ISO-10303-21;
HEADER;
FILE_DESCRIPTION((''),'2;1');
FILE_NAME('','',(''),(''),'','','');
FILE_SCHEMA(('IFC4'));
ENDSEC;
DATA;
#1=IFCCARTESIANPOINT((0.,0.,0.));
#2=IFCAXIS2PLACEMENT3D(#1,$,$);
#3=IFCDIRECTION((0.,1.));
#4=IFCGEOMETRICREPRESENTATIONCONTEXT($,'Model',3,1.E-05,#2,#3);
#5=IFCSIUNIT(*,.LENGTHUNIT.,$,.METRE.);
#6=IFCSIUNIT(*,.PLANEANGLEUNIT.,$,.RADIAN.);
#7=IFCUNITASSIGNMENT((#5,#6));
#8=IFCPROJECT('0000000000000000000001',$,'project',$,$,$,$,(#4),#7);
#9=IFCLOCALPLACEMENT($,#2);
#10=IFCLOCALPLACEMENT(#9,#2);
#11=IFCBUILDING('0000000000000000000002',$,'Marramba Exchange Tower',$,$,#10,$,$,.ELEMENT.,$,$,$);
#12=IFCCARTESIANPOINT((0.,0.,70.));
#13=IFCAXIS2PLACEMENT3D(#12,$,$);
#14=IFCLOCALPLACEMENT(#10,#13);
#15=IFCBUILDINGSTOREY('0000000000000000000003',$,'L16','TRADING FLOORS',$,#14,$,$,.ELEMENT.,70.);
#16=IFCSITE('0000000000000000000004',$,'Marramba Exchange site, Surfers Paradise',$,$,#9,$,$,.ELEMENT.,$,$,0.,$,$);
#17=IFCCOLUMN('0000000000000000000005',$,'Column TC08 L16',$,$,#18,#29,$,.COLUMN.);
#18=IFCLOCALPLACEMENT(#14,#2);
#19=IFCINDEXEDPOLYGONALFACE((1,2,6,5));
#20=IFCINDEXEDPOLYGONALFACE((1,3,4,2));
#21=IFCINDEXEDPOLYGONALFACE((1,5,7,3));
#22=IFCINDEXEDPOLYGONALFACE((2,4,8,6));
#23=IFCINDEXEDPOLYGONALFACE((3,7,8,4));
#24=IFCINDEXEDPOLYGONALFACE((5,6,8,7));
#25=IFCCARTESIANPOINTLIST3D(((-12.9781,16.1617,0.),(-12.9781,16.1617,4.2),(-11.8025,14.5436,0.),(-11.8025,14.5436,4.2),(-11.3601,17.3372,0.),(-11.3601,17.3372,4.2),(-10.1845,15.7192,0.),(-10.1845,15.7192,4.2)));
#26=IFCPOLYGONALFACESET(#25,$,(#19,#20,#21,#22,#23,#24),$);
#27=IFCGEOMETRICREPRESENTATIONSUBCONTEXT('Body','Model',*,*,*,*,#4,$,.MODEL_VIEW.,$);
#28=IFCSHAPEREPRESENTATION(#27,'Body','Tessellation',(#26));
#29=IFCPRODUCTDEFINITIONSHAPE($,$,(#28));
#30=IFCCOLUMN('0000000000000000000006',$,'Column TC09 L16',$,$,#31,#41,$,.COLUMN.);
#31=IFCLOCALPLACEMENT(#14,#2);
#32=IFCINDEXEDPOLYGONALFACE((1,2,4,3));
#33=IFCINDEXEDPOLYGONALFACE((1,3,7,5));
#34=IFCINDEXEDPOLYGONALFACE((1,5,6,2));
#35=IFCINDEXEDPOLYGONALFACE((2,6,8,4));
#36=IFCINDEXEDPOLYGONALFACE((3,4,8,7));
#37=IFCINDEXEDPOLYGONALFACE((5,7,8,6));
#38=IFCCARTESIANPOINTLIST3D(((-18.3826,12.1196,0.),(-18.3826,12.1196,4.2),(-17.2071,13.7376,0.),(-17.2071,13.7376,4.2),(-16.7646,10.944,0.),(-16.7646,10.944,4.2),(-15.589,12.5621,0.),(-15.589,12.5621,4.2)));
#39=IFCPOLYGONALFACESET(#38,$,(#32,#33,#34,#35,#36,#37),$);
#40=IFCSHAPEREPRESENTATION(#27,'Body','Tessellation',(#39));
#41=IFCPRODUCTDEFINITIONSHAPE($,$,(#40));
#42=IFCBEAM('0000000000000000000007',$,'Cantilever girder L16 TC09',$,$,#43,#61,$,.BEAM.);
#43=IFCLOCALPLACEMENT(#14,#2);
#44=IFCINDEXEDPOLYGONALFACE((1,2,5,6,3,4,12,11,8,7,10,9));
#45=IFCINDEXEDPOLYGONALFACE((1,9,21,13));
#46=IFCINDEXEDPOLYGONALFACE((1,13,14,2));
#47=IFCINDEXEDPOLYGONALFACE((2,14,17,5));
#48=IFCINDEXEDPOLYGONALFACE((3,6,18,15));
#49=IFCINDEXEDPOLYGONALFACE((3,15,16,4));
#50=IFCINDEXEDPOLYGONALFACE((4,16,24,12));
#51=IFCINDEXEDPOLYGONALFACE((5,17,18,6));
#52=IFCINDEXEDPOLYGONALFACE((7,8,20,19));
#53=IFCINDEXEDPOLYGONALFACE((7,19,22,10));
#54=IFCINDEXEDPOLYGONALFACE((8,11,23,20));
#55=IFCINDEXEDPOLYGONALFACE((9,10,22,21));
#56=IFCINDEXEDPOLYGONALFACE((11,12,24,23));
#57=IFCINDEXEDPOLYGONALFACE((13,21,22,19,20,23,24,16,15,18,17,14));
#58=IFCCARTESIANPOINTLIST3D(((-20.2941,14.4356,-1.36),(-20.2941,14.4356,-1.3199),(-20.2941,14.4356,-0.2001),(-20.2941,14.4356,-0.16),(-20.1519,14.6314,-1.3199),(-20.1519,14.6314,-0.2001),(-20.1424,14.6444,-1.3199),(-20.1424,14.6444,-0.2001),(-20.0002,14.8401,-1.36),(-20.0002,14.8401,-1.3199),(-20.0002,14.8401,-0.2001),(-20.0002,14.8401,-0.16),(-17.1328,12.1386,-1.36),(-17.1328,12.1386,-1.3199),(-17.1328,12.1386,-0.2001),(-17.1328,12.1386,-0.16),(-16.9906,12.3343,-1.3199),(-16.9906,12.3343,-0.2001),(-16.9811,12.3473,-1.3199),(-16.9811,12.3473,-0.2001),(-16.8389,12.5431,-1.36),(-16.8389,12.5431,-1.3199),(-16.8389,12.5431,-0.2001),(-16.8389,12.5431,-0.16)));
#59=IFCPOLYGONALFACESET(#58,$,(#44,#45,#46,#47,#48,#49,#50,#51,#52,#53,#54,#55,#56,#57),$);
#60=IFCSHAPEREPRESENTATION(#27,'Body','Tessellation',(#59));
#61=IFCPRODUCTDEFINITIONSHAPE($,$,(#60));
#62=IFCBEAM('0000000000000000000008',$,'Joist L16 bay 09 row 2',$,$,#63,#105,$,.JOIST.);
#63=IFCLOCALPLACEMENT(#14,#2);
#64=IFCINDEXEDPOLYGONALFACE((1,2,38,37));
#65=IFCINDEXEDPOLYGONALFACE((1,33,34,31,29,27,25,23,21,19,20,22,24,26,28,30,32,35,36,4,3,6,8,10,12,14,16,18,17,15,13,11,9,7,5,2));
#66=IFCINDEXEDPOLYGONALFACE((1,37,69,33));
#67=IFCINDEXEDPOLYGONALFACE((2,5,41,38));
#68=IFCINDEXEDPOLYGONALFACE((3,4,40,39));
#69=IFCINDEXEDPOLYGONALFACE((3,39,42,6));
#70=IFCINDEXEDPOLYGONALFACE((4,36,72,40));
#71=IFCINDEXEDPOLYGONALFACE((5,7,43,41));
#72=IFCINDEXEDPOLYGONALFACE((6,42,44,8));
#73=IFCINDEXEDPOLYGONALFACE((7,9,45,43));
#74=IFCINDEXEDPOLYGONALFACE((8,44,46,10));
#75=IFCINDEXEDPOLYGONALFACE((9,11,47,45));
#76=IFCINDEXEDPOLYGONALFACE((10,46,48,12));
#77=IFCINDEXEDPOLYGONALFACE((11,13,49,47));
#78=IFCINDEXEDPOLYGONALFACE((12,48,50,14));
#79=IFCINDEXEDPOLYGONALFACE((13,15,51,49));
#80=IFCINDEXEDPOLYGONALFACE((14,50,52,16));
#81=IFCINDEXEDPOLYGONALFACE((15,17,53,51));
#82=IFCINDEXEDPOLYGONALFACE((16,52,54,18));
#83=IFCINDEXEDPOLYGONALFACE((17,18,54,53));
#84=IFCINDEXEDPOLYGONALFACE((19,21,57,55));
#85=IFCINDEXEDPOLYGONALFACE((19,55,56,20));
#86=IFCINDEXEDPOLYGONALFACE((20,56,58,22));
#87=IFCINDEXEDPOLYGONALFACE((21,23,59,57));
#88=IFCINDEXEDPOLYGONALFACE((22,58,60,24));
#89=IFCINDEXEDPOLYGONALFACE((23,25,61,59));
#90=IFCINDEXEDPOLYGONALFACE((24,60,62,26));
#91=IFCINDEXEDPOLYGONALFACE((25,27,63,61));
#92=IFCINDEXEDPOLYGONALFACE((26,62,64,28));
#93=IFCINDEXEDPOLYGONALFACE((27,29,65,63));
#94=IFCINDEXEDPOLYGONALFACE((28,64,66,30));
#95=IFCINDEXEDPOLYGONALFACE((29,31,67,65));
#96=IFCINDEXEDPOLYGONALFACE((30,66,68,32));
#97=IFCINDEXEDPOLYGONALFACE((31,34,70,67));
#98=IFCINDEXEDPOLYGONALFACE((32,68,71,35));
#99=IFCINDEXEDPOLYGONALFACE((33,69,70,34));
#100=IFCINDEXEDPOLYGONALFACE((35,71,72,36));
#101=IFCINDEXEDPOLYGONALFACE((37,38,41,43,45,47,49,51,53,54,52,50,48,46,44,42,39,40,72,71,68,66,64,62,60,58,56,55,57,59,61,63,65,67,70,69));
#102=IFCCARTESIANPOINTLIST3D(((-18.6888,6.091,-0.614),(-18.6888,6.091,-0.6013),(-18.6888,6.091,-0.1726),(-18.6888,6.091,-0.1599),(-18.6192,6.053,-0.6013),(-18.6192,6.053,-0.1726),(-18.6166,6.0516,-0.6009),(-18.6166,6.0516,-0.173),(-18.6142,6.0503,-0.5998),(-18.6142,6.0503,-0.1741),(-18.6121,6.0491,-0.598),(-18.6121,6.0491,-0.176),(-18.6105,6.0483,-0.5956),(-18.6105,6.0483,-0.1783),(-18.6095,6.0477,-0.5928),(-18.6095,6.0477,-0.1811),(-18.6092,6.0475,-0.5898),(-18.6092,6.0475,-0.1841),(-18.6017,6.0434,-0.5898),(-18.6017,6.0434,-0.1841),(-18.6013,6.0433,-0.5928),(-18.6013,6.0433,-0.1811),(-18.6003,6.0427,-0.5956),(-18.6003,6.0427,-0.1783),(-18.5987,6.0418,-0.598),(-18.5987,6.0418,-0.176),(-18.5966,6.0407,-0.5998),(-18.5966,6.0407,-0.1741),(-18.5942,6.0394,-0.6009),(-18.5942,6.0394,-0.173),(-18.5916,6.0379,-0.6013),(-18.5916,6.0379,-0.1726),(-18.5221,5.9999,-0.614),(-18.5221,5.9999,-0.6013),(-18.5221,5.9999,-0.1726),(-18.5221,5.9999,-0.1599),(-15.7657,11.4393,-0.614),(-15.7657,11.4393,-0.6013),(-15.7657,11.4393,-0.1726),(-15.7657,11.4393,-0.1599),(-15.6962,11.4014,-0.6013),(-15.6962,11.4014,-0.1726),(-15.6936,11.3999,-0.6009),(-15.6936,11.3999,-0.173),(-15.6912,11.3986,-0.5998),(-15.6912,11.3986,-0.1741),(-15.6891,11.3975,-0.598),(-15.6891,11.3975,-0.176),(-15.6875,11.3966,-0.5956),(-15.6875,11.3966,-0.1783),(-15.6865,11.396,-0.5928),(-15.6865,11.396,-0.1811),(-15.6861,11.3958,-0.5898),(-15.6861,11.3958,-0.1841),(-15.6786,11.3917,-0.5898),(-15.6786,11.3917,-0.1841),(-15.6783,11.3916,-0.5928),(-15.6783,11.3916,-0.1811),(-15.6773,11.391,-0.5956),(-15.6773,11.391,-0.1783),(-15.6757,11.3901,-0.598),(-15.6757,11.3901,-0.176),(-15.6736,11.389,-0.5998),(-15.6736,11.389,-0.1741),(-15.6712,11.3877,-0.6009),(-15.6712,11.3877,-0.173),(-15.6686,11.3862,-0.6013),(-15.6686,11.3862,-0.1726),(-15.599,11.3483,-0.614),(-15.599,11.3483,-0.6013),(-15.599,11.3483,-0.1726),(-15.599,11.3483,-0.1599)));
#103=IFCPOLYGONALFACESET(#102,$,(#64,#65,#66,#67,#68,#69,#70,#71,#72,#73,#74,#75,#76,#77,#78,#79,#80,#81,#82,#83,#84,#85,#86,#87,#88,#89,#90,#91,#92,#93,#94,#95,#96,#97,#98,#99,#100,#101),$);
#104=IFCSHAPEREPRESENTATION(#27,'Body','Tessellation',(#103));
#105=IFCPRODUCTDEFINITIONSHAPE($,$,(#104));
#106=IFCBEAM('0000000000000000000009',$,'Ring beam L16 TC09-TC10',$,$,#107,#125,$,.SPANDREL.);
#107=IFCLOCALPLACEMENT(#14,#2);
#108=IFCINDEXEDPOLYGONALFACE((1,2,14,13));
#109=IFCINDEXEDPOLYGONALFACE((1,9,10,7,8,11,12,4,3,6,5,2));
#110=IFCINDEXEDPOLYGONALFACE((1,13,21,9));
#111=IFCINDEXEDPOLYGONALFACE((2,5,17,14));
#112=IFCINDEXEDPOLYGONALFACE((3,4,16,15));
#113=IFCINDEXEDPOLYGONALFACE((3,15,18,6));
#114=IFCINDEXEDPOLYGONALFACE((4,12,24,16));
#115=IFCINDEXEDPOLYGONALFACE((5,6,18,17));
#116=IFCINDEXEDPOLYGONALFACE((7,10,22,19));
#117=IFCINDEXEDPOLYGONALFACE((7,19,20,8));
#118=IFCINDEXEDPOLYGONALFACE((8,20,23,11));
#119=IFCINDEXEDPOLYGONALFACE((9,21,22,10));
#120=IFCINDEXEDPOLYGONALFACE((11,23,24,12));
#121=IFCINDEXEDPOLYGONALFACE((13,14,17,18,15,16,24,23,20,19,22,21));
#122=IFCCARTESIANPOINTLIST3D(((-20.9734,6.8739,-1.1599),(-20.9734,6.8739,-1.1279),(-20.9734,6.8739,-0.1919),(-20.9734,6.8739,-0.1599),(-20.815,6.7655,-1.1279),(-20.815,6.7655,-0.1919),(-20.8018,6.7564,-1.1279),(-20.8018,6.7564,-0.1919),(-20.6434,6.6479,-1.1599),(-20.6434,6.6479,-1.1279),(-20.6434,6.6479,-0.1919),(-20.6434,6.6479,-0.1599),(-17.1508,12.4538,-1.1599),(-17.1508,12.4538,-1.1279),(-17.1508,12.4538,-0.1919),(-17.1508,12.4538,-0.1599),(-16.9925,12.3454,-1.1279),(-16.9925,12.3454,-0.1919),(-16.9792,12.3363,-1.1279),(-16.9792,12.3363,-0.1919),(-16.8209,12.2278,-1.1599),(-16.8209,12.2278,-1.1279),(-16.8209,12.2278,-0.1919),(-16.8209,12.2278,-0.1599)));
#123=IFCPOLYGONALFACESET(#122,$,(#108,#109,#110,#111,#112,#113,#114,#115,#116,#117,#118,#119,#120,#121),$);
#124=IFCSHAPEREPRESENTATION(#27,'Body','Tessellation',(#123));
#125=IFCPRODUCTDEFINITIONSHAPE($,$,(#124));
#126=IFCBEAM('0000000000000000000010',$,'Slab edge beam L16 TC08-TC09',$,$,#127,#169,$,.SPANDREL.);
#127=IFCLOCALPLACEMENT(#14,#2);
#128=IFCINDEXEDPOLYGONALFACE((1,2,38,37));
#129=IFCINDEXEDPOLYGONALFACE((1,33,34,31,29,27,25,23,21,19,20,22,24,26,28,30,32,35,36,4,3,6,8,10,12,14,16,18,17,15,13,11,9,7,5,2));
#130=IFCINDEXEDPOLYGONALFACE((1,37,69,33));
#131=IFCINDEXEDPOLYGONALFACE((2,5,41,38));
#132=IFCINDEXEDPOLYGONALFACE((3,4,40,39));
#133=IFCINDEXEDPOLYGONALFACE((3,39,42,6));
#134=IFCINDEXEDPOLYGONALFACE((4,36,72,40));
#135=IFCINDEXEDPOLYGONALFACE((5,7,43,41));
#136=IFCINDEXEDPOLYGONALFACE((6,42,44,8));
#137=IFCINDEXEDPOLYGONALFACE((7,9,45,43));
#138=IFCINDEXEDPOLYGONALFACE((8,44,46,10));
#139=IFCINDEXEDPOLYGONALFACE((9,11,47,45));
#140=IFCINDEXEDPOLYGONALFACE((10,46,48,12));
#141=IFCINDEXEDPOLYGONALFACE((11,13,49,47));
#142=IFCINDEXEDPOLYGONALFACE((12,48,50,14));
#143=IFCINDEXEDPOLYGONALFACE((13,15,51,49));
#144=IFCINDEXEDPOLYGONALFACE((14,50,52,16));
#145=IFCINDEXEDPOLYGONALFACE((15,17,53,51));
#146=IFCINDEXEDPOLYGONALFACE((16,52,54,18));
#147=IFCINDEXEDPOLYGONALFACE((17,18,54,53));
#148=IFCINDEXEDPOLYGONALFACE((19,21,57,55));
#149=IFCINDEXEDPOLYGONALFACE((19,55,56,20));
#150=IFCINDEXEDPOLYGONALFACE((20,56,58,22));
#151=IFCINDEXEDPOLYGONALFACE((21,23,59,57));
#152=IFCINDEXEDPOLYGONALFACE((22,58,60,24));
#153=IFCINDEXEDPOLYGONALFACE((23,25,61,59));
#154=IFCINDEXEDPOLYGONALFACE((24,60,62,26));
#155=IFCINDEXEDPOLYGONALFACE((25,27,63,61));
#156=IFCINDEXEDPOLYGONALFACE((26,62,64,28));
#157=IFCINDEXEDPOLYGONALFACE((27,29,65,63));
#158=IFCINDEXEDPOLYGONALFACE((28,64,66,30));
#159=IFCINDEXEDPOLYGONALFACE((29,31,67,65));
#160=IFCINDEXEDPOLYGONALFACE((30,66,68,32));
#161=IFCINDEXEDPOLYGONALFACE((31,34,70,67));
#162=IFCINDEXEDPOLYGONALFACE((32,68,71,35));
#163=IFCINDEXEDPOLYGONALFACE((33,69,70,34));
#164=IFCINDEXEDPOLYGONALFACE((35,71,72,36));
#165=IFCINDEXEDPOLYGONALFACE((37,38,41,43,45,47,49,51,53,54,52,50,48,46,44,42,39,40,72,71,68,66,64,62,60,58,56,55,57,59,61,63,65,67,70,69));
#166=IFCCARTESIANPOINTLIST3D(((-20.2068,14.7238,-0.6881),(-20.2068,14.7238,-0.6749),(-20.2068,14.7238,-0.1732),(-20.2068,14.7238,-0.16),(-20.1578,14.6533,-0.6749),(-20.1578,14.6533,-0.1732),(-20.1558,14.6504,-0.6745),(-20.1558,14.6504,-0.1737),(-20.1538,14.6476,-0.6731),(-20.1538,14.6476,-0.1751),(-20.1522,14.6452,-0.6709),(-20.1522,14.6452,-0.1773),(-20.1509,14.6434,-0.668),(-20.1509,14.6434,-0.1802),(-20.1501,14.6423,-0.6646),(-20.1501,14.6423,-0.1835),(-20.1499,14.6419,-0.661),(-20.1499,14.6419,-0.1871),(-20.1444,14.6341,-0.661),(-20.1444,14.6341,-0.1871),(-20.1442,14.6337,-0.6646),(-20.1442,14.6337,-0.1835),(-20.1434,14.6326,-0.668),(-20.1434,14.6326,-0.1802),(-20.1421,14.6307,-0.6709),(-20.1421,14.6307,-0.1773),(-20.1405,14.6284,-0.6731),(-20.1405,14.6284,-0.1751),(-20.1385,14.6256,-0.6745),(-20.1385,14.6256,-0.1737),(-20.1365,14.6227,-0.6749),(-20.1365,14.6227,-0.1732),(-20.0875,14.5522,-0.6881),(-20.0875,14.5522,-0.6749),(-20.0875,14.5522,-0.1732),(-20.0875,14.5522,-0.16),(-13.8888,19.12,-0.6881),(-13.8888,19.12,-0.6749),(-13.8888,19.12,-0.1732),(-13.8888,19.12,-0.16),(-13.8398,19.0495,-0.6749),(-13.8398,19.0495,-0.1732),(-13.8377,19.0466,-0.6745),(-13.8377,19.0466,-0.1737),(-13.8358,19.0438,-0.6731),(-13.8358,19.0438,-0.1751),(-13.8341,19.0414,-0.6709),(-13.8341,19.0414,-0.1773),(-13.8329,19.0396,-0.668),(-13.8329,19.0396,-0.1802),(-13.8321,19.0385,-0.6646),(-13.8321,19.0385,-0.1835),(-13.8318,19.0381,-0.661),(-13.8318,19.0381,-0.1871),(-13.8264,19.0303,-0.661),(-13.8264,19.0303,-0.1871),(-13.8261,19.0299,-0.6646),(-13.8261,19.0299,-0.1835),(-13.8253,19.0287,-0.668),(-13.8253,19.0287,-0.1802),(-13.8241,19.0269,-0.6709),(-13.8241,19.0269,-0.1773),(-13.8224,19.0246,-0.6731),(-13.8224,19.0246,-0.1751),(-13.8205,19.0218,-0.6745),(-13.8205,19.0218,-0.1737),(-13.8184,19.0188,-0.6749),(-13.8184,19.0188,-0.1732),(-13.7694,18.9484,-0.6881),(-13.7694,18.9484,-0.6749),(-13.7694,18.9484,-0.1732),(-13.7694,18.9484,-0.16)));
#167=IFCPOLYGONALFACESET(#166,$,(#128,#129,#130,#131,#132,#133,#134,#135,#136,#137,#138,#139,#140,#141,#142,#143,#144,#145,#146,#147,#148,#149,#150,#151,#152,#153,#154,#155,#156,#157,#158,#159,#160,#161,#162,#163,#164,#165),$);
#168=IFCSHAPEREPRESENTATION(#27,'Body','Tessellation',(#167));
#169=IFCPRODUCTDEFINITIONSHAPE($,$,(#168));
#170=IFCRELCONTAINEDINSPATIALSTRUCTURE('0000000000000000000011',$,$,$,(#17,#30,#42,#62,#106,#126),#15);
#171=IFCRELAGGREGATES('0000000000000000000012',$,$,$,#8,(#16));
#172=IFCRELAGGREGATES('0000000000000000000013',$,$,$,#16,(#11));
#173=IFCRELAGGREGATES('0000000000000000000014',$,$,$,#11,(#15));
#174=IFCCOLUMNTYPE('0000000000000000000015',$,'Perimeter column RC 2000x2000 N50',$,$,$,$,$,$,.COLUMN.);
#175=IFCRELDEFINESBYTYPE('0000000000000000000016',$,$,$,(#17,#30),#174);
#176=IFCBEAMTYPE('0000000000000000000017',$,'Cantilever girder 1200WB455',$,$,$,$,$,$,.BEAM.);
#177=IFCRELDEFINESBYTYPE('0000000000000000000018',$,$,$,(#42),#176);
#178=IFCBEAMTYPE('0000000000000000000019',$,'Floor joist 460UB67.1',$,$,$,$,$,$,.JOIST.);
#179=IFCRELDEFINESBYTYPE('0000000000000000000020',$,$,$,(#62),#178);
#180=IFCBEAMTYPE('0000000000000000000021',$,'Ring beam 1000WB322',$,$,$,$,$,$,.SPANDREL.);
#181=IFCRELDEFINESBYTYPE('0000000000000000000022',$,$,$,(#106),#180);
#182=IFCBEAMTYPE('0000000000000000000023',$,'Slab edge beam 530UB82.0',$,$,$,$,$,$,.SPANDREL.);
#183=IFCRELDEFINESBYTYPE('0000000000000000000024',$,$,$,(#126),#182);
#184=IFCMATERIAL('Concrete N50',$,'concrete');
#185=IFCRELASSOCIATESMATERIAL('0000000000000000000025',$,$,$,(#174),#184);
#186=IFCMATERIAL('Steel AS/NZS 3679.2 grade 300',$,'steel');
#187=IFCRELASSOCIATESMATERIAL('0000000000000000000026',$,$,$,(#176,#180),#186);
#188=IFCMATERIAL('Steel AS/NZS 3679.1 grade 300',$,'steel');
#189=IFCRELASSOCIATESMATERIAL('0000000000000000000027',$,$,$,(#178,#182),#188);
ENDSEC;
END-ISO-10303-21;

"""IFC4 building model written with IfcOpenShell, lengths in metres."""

from ifc_helpers import new_model, si_unit, direction, frame, origin, origin_2d, place, context, subcontext, project, spatial, rectangle, i_section, extrude, material, material_profile, profile_set, type_object, element, save


model = new_model("IFC4")

# Units and contexts
model_context = context("Model", 3, precision=1e-05, world=origin(), true_north=direction((0.0, 1.0)))
body_context = subcontext(model_context, "Body", "Model", "MODEL_VIEW")
ifc_project = project(units=[si_unit("LENGTHUNIT", "METRE"), si_unit("PLANEANGLEUNIT", "RADIAN")], contexts=[model_context])

# Site, building, storey
site_placement = place(None, origin())
site = spatial("IfcSite", under=ifc_project, at=site_placement, Name="Marramba Exchange site, Surfers Paradise", CompositionType="ELEMENT", RefElevation=0.0)
building_placement = place(site_placement, origin())
building = spatial("IfcBuilding", under=site, at=building_placement, Name="Marramba Exchange Tower", CompositionType="ELEMENT")
storey_placement = place(building_placement, frame((0.0, 0.0, 70.0)))
storey = spatial("IfcBuildingStorey", under=building, at=storey_placement, Name="L16", Description="TRADING FLOORS", CompositionType="ELEMENT", Elevation=70.0)

# Columns
ifc_material_1 = material(Name="Concrete N50", Category="concrete")
ifc_material_profile_1 = material_profile(ifc_material_1, rectangle(XDim=2.0, YDim=2.0, at=origin_2d()), Name="RC 2000x2000")
ifc_profile_set_1 = profile_set([ifc_material_profile_1], Name="Concrete N50")
column_type = type_object("IfcColumnType", Name="Perimeter column RC 2000x2000 N50", PredefinedType="COLUMN", material=ifc_profile_set_1)
for number, where, z_axis, x_axis, name in (
    (1, (-11.5813, 15.9404, 0.0), (0.0, 0.0, 1.0), (-0.587785, 0.809017, 0.0), "Column TC08 L16"),
    (2, (-16.9858, 12.3408, 0.0), (0.0, 0.0, 1.0), (-0.809017, 0.587785, 0.0), "Column TC09 L16"),
):
    element("IfcColumn", number, at=place(storey_placement, frame(where, z_axis=z_axis, x_axis=x_axis)), inside=storey, type_object=column_type, Name=name, PredefinedType="COLUMN", context=body_context, shape_type="SweptSolid", body=[
        extrude(rectangle(XDim=2.0, YDim=2.0, at=origin_2d()), origin(), (0.0, 0.0, 1.0), 4.2),
    ])

# Beams
ifc_material_2 = material(Name="Steel AS/NZS 3679.2 grade 300", Category="steel")
ifc_material_profile_2 = material_profile(ifc_material_2, i_section(OverallWidth=0.5, OverallDepth=1.2, WebThickness=0.0161, FlangeThickness=0.04, at=origin_2d()), Name="1200WB455")
ifc_profile_set_2 = profile_set([ifc_material_profile_2], Name="Steel AS/NZS 3679.2 grade 300")
beam_type_1 = type_object("IfcBeamType", Name="Cantilever girder 1200WB455", PredefinedType="BEAM", material=ifc_profile_set_2)
beam_1_placement = place(storey_placement, frame((-16.9858, 12.3408, -0.76), z_axis=(-0.808987, 0.587826, 0.0), x_axis=(-0.587826, -0.808987, 0.0)))
element("IfcBeam", 3, at=beam_1_placement, inside=storey, type_object=beam_type_1, Name="Cantilever girder L16 TC09", PredefinedType="BEAM", context=body_context, shape_type="SweptSolid", body=[
    extrude(i_section(OverallWidth=0.5, OverallDepth=1.2, WebThickness=0.0161, FlangeThickness=0.04, at=origin_2d()), origin(), (0.0, 0.0, 1.0), 3.9077),
])
ifc_material_3 = material(Name="Steel AS/NZS 3679.1 grade 300", Category="steel")
ifc_material_profile_3 = material_profile(ifc_material_3, i_section(OverallWidth=0.1899, OverallDepth=0.4541, WebThickness=0.0085, FlangeThickness=0.0127, FilletRadius=0.0115, at=origin_2d()), Name="460UB67.1")
ifc_profile_set_3 = profile_set([ifc_material_profile_3], Name="Steel AS/NZS 3679.1 grade 300")
beam_type_2 = type_object("IfcBeamType", Name="Floor joist 460UB67.1", PredefinedType="JOIST", material=ifc_profile_set_3)
beam_2_placement = place(storey_placement, frame((-15.6824, 11.3938, -0.387), z_axis=(-0.479584, -0.877496, 0.0), x_axis=(0.877496, -0.479584, 0.0)))
element("IfcBeam", 4, at=beam_2_placement, inside=storey, type_object=beam_type_2, Name="Joist L16 bay 09 row 2", PredefinedType="JOIST", context=body_context, shape_type="SweptSolid", body=[
    extrude(i_section(OverallWidth=0.1899, OverallDepth=0.4541, WebThickness=0.0085, FlangeThickness=0.0127, FilletRadius=0.0115, at=origin_2d()), origin(), (0.0, 0.0, 1.0), 6.095),
])
ifc_material_profile_4 = material_profile(ifc_material_2, i_section(OverallWidth=0.3999, OverallDepth=1.0, WebThickness=0.0161, FlangeThickness=0.032, at=origin_2d()), Name="1000WB322")
ifc_profile_set_4 = profile_set([ifc_material_profile_4], Name="Steel AS/NZS 3679.2 grade 300")
beam_type_3 = type_object("IfcBeamType", Name="Ring beam 1000WB322", PredefinedType="SPANDREL", material=ifc_profile_set_4)
beam_3_placement = place(storey_placement, frame((-16.9858, 12.3408, -0.6599), z_axis=(-0.56516, -0.824981, 0.0), x_axis=(0.824981, -0.56516, 0.0)))
element("IfcBeam", 5, at=beam_3_placement, inside=storey, type_object=beam_type_3, Name="Ring beam L16 TC09-TC10", PredefinedType="SPANDREL", context=body_context, shape_type="SweptSolid", body=[
    extrude(i_section(OverallWidth=0.3999, OverallDepth=1.0, WebThickness=0.0161, FlangeThickness=0.032, at=origin_2d()), origin(), (0.0, 0.0, 1.0), 6.7637),
])
ifc_material_profile_5 = material_profile(ifc_material_3, i_section(OverallWidth=0.209, OverallDepth=0.5281, WebThickness=0.0095, FlangeThickness=0.0132, FilletRadius=0.0139, at=origin_2d()), Name="530UB82.0")
ifc_profile_set_5 = profile_set([ifc_material_profile_5], Name="Steel AS/NZS 3679.1 grade 300")
beam_type_4 = type_object("IfcBeamType", Name="Slab edge beam 530UB82.0", PredefinedType="SPANDREL", material=ifc_profile_set_5)
beam_4_placement = place(storey_placement, frame((-13.8291, 19.0342, -0.4241), z_axis=(-0.820842, -0.571155, 0.0), x_axis=(0.571155, -0.820842, 0.0)))
element("IfcBeam", 6, at=beam_4_placement, inside=storey, type_object=beam_type_4, Name="Slab edge beam L16 TC08-TC09", PredefinedType="SPANDREL", context=body_context, shape_type="SweptSolid", body=[
    extrude(i_section(OverallWidth=0.209, OverallDepth=0.5281, WebThickness=0.0095, FlangeThickness=0.0132, FilletRadius=0.0139, at=origin_2d()), origin(), (0.0, 0.0, 1.0), 7.697),
])

save(model, "model.ifc")
